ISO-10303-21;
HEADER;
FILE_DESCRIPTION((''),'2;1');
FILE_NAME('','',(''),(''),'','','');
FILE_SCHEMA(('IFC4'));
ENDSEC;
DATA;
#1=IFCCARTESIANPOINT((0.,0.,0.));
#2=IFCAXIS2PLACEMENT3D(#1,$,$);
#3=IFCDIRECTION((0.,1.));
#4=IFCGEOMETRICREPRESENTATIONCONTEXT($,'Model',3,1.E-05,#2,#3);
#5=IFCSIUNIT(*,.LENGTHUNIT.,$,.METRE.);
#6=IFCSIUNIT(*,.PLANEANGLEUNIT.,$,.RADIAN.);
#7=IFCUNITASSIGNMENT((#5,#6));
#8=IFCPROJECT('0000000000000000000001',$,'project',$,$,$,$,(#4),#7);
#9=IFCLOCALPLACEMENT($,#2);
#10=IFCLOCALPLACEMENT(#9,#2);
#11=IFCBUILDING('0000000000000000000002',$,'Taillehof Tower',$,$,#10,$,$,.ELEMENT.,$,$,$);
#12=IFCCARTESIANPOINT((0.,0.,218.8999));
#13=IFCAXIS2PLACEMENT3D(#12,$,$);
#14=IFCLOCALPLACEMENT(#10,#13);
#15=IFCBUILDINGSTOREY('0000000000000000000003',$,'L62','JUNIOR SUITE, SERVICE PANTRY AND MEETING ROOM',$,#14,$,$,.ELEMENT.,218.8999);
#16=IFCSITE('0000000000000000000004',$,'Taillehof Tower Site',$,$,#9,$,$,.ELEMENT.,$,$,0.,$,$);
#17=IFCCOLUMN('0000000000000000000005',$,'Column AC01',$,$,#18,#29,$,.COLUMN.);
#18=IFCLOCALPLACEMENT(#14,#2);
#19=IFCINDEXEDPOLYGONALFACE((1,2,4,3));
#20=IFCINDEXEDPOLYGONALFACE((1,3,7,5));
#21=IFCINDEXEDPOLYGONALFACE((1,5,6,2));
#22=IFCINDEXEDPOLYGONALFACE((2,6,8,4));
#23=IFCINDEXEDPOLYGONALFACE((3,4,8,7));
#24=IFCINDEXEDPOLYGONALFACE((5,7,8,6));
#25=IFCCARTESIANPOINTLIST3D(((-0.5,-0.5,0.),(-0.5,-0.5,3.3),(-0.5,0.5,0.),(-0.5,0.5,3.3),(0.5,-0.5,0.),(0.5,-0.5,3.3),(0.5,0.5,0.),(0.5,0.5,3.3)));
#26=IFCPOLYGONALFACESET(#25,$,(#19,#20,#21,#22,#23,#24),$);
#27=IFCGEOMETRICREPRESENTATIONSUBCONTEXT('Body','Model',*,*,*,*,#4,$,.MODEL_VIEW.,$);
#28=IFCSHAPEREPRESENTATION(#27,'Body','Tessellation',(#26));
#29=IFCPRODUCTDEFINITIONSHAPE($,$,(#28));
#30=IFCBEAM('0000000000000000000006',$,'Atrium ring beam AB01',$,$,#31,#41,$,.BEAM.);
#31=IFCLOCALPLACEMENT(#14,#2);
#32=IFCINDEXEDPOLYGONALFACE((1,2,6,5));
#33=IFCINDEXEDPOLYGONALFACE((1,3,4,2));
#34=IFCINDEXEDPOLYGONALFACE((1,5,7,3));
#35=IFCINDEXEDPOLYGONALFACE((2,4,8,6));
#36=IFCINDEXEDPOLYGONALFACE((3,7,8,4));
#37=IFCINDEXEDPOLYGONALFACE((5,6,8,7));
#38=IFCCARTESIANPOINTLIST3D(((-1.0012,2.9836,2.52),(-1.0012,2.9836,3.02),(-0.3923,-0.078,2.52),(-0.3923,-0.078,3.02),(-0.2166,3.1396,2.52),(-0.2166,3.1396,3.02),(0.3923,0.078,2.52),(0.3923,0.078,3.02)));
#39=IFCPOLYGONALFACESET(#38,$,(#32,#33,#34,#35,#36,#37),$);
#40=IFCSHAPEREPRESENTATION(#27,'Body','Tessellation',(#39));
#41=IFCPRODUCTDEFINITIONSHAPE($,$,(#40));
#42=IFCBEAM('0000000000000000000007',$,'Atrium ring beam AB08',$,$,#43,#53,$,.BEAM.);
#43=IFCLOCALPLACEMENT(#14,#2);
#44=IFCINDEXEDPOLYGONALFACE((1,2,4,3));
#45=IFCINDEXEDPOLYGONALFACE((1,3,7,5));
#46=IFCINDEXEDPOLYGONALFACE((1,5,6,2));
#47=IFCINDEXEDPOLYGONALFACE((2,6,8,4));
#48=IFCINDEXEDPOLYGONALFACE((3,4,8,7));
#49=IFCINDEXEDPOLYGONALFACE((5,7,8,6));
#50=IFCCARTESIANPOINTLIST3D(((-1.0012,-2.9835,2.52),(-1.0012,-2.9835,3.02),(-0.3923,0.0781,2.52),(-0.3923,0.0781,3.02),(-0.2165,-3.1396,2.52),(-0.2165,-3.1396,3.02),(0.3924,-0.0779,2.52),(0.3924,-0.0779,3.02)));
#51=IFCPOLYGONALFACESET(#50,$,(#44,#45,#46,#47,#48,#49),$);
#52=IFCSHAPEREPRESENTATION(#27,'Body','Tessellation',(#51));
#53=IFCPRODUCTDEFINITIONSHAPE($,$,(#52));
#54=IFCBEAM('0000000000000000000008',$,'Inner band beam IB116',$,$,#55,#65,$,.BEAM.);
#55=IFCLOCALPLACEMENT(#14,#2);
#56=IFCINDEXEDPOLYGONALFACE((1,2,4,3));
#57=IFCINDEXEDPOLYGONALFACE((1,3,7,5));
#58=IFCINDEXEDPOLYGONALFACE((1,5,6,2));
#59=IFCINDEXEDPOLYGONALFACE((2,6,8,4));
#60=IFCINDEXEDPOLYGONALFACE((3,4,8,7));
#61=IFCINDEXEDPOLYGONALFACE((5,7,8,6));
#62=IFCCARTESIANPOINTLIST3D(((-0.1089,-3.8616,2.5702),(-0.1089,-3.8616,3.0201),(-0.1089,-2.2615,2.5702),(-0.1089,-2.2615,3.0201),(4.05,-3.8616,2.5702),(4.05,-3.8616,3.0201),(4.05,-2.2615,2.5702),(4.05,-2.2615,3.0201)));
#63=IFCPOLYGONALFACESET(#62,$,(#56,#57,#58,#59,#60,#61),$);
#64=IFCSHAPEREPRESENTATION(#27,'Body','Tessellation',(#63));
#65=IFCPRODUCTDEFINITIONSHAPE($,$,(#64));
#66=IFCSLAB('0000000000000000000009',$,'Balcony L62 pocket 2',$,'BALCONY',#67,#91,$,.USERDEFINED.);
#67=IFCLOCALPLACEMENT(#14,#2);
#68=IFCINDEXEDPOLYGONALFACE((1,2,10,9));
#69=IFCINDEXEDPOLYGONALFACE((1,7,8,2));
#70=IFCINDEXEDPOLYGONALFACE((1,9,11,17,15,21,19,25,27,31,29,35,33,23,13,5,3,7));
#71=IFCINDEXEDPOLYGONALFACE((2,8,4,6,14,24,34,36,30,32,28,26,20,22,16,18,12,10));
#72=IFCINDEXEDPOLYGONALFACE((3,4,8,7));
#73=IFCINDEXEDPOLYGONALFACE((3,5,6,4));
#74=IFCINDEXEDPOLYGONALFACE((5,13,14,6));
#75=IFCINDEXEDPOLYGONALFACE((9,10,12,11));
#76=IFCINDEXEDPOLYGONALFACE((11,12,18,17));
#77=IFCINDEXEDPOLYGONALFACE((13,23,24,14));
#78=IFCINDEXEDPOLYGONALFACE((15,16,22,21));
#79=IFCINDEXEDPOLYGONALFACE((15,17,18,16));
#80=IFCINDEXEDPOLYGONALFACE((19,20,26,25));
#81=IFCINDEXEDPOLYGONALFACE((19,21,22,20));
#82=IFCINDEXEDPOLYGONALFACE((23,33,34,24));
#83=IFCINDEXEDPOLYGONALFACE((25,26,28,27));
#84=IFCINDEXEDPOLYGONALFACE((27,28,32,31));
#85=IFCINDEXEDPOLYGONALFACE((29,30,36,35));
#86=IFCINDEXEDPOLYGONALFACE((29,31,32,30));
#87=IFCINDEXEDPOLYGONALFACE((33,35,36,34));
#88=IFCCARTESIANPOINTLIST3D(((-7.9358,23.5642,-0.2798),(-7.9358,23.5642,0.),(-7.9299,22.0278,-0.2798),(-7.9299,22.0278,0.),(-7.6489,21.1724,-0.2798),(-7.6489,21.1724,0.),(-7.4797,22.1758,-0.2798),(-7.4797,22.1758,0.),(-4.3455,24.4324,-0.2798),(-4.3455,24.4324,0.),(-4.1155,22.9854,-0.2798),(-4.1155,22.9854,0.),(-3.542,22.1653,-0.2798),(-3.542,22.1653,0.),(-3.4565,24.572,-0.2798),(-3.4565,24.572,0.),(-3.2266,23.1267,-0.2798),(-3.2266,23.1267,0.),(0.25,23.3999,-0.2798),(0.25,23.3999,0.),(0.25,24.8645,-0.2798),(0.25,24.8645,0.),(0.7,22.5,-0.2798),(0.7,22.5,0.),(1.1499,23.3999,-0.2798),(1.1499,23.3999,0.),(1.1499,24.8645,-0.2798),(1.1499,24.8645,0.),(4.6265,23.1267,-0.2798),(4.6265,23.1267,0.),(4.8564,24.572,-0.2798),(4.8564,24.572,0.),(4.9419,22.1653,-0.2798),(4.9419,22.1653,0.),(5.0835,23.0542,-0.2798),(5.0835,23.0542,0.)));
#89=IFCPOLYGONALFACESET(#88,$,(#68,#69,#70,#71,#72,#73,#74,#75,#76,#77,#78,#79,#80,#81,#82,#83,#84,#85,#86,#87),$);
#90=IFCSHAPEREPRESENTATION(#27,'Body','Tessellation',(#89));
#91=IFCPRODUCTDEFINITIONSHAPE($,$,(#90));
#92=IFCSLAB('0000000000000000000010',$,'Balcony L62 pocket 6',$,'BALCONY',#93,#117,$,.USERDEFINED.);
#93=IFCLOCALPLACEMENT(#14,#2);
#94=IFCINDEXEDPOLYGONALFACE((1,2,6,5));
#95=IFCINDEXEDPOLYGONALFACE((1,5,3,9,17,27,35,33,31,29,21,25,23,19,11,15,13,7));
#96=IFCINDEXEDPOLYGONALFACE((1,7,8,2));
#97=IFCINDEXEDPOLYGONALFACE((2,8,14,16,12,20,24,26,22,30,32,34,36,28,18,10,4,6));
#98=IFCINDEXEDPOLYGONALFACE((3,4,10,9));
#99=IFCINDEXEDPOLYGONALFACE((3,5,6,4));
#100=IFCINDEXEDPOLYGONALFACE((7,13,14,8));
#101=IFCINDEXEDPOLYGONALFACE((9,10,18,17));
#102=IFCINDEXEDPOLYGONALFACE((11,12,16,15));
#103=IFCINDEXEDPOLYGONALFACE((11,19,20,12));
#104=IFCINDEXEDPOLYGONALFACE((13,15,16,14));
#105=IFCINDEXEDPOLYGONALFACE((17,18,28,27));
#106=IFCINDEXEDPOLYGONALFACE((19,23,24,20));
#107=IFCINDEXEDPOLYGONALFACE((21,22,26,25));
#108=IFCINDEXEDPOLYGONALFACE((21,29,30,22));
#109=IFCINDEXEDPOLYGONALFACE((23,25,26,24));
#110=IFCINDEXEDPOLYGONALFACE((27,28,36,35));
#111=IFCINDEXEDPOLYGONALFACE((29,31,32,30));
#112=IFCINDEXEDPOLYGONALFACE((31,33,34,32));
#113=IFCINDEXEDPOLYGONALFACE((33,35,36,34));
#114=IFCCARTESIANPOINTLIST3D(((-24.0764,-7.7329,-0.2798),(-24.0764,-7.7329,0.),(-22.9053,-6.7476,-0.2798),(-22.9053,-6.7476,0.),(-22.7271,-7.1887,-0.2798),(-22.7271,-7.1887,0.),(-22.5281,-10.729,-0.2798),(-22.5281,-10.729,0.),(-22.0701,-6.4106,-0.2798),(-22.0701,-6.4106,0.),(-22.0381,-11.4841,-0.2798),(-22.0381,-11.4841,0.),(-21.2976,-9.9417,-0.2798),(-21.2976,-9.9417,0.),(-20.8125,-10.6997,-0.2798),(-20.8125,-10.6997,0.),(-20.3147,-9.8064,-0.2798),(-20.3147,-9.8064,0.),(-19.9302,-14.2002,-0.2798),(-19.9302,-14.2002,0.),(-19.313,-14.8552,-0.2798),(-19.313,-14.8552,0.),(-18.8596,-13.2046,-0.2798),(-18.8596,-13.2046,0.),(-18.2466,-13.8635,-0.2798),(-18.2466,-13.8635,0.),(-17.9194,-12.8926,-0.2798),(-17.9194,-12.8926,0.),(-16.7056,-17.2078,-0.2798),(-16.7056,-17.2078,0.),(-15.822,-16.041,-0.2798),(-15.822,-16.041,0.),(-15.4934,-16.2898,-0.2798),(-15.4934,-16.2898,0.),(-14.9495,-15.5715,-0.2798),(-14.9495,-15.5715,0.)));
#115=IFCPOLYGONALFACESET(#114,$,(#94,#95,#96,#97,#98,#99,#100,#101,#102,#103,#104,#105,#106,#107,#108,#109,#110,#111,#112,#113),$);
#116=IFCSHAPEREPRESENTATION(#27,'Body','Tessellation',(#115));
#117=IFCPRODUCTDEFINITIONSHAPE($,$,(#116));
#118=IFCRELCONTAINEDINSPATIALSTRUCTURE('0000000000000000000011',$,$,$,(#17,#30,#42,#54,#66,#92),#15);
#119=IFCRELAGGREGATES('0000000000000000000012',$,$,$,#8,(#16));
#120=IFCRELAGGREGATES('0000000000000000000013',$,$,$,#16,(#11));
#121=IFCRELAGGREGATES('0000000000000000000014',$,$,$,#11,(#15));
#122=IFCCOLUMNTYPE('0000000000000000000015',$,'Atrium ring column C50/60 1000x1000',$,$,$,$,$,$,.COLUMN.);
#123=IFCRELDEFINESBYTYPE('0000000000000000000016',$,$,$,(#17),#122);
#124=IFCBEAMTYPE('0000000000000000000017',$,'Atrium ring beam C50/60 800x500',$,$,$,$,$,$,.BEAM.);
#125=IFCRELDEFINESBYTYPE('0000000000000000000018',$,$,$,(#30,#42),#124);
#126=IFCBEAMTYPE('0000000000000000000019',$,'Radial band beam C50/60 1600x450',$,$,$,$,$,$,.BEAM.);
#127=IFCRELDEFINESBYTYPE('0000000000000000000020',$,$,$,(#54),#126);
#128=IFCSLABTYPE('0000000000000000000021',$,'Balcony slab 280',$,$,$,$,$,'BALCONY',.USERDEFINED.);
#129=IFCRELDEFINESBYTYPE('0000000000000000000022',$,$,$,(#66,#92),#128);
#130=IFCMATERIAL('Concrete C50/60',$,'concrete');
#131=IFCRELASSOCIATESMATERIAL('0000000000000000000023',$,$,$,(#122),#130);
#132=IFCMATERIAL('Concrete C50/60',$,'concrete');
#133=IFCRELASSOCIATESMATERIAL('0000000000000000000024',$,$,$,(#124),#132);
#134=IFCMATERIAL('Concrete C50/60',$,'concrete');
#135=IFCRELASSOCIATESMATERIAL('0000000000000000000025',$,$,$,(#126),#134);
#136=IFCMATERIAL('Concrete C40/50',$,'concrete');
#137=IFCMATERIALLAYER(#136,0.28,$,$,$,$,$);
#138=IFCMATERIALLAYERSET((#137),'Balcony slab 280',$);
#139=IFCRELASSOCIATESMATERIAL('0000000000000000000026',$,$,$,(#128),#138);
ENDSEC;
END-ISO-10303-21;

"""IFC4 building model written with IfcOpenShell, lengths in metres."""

from ifc_helpers import new_model, si_unit, direction, frame, origin, origin_with_axes, origin_2d, place, context, subcontext, project, spatial, polyline, rectangle, outline, extrude, material, layer, layer_set, material_profile, profile_set, type_object, element, save


model = new_model("IFC4")

# Units and contexts
model_context = context("Model", 3, precision=1e-05, world=origin(), true_north=direction((0.0, 1.0)))
body_context = subcontext(model_context, "Body", "Model", "MODEL_VIEW")
ifc_project = project(units=[si_unit("LENGTHUNIT", "METRE"), si_unit("PLANEANGLEUNIT", "RADIAN")], contexts=[model_context])

# Site, building, storey
site_placement = place(None, origin())
site = spatial("IfcSite", under=ifc_project, at=site_placement, Name="Taillehof Tower Site", CompositionType="ELEMENT", RefElevation=0.0)
building_placement = place(site_placement, origin())
building = spatial("IfcBuilding", under=site, at=building_placement, Name="Taillehof Tower", CompositionType="ELEMENT")
storey_placement = place(building_placement, frame((0.0, 0.0, 218.8999)))
storey = spatial("IfcBuildingStorey", under=building, at=storey_placement, Name="L62", Description="JUNIOR SUITE, SERVICE PANTRY AND MEETING ROOM", CompositionType="ELEMENT", Elevation=218.8999)

# Column
ifc_material_1 = material(Name="Concrete C50/60", Category="concrete")
ifc_material_profile_1 = material_profile(ifc_material_1, rectangle(XDim=1.0, YDim=1.0, at=origin_2d()), Name="RC 1000x1000")
ifc_profile_set_1 = profile_set([ifc_material_profile_1], Name="Concrete C50/60")
column_type = type_object("IfcColumnType", Name="Atrium ring column C50/60 1000x1000", PredefinedType="COLUMN", material=ifc_profile_set_1)
column_placement = place(storey_placement, origin_with_axes())
element("IfcColumn", 1, at=column_placement, inside=storey, type_object=column_type, Name="Column AC01", PredefinedType="COLUMN", context=body_context, shape_type="SweptSolid", body=[
    extrude(rectangle(XDim=1.0, YDim=1.0, at=origin_2d()), origin(), (0.0, 0.0, 1.0), 3.3),
])

# Beams
ifc_material_2 = material(Name="Concrete C50/60", Category="concrete")
ifc_material_profile_2 = material_profile(ifc_material_2, rectangle(XDim=0.8, YDim=0.5, at=origin_2d()), Name="RC 800x500")
ifc_profile_set_2 = profile_set([ifc_material_profile_2], Name="Concrete C50/60")
beam_type_1 = type_object("IfcBeamType", Name="Atrium ring beam C50/60 800x500", PredefinedType="BEAM", material=ifc_profile_set_2)
for number, where, z_axis, x_axis, name in (
    (2, (0.0, 0.0, 2.77), (-0.195063, 0.980791, 0.0), (-0.980791, -0.195063, 0.0), "Atrium ring beam AB01"),
    (3, (-0.6089, -3.0615, 2.77), (0.195063, 0.980791, 0.0), (-0.980791, 0.195063, 0.0), "Atrium ring beam AB08"),
):
    element("IfcBeam", number, at=place(storey_placement, frame(where, z_axis=z_axis, x_axis=x_axis)), inside=storey, type_object=beam_type_1, Name=name, PredefinedType="BEAM", context=body_context, shape_type="SweptSolid", body=[
        extrude(rectangle(XDim=0.8, YDim=0.5, at=origin_2d()), origin(), (0.0, 0.0, 1.0), 3.1216),
    ])
ifc_material_3 = material(Name="Concrete C50/60", Category="concrete")
ifc_material_profile_3 = material_profile(ifc_material_3, rectangle(XDim=1.6001, YDim=0.45, at=origin_2d()), Name="RC 1600x450")
ifc_profile_set_3 = profile_set([ifc_material_profile_3], Name="Concrete C50/60")
beam_type_2 = type_object("IfcBeamType", Name="Radial band beam C50/60 1600x450", PredefinedType="BEAM", material=ifc_profile_set_3)
beam_placement = place(storey_placement, frame((-0.1089, -3.0615, 2.7952), z_axis=(1.0, 0.0, 0.0), x_axis=(0.0, 1.0, 0.0)))
element("IfcBeam", 4, at=beam_placement, inside=storey, type_object=beam_type_2, Name="Inner band beam IB116", PredefinedType="BEAM", context=body_context, shape_type="SweptSolid", body=[
    extrude(rectangle(XDim=1.6001, YDim=0.45, at=origin_2d()), origin(), (0.0, 0.0, 1.0), 4.1589),
])

# Slabs
ifc_material_4 = material(Name="Concrete C40/50", Category="concrete")
ifc_layer_1 = layer(ifc_material_4, 0.28)
ifc_layer_set_1 = layer_set([ifc_layer_1], Name="Balcony slab 280")
slab_type_1 = type_object("IfcSlabType", Name="Balcony slab 280", ElementType="BALCONY", PredefinedType="USERDEFINED", material=ifc_layer_set_1)
slab_1_placement = place(storey_placement, frame((0.0, 0.0, -0.2798)))
element("IfcSlab", 5, at=slab_1_placement, inside=storey, type_object=slab_type_1, Name="Balcony L62 pocket 2", ObjectType="BALCONY", PredefinedType="USERDEFINED", context=body_context, shape_type="SweptSolid", body=[
    extrude(outline(polyline([(-7.6489, 21.1724), (-7.9299, 22.0278), (-7.4797, 22.1758), (-7.9358, 23.5642), (-4.3455, 24.4324), (-4.1155, 22.9854), (-3.2266, 23.1267), (-3.4565, 24.572), (0.25, 24.8645), (0.25, 23.3999), (1.1499, 23.3999), (1.1499, 24.8645), (4.8564, 24.572), (4.6265, 23.1267), (5.0835, 23.0542), (4.9419, 22.1653), (0.7, 22.5), (-3.542, 22.1653), (-7.6489, 21.1724)])), origin(), (0.0, 0.0, 1.0), 0.2798),
])
slab_2_placement = place(storey_placement, frame((0.0, 0.0, -0.2798)))
element("IfcSlab", 6, at=slab_2_placement, inside=storey, type_object=slab_type_1, Name="Balcony L62 pocket 6", ObjectType="BALCONY", PredefinedType="USERDEFINED", context=body_context, shape_type="SweptSolid", body=[
    extrude(outline(polyline([(-14.9495, -15.5715), (-15.4934, -16.2898), (-15.822, -16.041), (-16.7056, -17.2078), (-19.313, -14.8552), (-18.2466, -13.8635), (-18.8596, -13.2046), (-19.9302, -14.2002), (-22.0381, -11.4841), (-20.8125, -10.6997), (-21.2976, -9.9417), (-22.5281, -10.729), (-24.0764, -7.7329), (-22.7271, -7.1887), (-22.9053, -6.7476), (-22.0701, -6.4106), (-20.3147, -9.8064), (-17.9194, -12.8926), (-14.9495, -15.5715)])), origin(), (0.0, 0.0, 1.0), 0.2798),
])

save(model, "model.ifc")
